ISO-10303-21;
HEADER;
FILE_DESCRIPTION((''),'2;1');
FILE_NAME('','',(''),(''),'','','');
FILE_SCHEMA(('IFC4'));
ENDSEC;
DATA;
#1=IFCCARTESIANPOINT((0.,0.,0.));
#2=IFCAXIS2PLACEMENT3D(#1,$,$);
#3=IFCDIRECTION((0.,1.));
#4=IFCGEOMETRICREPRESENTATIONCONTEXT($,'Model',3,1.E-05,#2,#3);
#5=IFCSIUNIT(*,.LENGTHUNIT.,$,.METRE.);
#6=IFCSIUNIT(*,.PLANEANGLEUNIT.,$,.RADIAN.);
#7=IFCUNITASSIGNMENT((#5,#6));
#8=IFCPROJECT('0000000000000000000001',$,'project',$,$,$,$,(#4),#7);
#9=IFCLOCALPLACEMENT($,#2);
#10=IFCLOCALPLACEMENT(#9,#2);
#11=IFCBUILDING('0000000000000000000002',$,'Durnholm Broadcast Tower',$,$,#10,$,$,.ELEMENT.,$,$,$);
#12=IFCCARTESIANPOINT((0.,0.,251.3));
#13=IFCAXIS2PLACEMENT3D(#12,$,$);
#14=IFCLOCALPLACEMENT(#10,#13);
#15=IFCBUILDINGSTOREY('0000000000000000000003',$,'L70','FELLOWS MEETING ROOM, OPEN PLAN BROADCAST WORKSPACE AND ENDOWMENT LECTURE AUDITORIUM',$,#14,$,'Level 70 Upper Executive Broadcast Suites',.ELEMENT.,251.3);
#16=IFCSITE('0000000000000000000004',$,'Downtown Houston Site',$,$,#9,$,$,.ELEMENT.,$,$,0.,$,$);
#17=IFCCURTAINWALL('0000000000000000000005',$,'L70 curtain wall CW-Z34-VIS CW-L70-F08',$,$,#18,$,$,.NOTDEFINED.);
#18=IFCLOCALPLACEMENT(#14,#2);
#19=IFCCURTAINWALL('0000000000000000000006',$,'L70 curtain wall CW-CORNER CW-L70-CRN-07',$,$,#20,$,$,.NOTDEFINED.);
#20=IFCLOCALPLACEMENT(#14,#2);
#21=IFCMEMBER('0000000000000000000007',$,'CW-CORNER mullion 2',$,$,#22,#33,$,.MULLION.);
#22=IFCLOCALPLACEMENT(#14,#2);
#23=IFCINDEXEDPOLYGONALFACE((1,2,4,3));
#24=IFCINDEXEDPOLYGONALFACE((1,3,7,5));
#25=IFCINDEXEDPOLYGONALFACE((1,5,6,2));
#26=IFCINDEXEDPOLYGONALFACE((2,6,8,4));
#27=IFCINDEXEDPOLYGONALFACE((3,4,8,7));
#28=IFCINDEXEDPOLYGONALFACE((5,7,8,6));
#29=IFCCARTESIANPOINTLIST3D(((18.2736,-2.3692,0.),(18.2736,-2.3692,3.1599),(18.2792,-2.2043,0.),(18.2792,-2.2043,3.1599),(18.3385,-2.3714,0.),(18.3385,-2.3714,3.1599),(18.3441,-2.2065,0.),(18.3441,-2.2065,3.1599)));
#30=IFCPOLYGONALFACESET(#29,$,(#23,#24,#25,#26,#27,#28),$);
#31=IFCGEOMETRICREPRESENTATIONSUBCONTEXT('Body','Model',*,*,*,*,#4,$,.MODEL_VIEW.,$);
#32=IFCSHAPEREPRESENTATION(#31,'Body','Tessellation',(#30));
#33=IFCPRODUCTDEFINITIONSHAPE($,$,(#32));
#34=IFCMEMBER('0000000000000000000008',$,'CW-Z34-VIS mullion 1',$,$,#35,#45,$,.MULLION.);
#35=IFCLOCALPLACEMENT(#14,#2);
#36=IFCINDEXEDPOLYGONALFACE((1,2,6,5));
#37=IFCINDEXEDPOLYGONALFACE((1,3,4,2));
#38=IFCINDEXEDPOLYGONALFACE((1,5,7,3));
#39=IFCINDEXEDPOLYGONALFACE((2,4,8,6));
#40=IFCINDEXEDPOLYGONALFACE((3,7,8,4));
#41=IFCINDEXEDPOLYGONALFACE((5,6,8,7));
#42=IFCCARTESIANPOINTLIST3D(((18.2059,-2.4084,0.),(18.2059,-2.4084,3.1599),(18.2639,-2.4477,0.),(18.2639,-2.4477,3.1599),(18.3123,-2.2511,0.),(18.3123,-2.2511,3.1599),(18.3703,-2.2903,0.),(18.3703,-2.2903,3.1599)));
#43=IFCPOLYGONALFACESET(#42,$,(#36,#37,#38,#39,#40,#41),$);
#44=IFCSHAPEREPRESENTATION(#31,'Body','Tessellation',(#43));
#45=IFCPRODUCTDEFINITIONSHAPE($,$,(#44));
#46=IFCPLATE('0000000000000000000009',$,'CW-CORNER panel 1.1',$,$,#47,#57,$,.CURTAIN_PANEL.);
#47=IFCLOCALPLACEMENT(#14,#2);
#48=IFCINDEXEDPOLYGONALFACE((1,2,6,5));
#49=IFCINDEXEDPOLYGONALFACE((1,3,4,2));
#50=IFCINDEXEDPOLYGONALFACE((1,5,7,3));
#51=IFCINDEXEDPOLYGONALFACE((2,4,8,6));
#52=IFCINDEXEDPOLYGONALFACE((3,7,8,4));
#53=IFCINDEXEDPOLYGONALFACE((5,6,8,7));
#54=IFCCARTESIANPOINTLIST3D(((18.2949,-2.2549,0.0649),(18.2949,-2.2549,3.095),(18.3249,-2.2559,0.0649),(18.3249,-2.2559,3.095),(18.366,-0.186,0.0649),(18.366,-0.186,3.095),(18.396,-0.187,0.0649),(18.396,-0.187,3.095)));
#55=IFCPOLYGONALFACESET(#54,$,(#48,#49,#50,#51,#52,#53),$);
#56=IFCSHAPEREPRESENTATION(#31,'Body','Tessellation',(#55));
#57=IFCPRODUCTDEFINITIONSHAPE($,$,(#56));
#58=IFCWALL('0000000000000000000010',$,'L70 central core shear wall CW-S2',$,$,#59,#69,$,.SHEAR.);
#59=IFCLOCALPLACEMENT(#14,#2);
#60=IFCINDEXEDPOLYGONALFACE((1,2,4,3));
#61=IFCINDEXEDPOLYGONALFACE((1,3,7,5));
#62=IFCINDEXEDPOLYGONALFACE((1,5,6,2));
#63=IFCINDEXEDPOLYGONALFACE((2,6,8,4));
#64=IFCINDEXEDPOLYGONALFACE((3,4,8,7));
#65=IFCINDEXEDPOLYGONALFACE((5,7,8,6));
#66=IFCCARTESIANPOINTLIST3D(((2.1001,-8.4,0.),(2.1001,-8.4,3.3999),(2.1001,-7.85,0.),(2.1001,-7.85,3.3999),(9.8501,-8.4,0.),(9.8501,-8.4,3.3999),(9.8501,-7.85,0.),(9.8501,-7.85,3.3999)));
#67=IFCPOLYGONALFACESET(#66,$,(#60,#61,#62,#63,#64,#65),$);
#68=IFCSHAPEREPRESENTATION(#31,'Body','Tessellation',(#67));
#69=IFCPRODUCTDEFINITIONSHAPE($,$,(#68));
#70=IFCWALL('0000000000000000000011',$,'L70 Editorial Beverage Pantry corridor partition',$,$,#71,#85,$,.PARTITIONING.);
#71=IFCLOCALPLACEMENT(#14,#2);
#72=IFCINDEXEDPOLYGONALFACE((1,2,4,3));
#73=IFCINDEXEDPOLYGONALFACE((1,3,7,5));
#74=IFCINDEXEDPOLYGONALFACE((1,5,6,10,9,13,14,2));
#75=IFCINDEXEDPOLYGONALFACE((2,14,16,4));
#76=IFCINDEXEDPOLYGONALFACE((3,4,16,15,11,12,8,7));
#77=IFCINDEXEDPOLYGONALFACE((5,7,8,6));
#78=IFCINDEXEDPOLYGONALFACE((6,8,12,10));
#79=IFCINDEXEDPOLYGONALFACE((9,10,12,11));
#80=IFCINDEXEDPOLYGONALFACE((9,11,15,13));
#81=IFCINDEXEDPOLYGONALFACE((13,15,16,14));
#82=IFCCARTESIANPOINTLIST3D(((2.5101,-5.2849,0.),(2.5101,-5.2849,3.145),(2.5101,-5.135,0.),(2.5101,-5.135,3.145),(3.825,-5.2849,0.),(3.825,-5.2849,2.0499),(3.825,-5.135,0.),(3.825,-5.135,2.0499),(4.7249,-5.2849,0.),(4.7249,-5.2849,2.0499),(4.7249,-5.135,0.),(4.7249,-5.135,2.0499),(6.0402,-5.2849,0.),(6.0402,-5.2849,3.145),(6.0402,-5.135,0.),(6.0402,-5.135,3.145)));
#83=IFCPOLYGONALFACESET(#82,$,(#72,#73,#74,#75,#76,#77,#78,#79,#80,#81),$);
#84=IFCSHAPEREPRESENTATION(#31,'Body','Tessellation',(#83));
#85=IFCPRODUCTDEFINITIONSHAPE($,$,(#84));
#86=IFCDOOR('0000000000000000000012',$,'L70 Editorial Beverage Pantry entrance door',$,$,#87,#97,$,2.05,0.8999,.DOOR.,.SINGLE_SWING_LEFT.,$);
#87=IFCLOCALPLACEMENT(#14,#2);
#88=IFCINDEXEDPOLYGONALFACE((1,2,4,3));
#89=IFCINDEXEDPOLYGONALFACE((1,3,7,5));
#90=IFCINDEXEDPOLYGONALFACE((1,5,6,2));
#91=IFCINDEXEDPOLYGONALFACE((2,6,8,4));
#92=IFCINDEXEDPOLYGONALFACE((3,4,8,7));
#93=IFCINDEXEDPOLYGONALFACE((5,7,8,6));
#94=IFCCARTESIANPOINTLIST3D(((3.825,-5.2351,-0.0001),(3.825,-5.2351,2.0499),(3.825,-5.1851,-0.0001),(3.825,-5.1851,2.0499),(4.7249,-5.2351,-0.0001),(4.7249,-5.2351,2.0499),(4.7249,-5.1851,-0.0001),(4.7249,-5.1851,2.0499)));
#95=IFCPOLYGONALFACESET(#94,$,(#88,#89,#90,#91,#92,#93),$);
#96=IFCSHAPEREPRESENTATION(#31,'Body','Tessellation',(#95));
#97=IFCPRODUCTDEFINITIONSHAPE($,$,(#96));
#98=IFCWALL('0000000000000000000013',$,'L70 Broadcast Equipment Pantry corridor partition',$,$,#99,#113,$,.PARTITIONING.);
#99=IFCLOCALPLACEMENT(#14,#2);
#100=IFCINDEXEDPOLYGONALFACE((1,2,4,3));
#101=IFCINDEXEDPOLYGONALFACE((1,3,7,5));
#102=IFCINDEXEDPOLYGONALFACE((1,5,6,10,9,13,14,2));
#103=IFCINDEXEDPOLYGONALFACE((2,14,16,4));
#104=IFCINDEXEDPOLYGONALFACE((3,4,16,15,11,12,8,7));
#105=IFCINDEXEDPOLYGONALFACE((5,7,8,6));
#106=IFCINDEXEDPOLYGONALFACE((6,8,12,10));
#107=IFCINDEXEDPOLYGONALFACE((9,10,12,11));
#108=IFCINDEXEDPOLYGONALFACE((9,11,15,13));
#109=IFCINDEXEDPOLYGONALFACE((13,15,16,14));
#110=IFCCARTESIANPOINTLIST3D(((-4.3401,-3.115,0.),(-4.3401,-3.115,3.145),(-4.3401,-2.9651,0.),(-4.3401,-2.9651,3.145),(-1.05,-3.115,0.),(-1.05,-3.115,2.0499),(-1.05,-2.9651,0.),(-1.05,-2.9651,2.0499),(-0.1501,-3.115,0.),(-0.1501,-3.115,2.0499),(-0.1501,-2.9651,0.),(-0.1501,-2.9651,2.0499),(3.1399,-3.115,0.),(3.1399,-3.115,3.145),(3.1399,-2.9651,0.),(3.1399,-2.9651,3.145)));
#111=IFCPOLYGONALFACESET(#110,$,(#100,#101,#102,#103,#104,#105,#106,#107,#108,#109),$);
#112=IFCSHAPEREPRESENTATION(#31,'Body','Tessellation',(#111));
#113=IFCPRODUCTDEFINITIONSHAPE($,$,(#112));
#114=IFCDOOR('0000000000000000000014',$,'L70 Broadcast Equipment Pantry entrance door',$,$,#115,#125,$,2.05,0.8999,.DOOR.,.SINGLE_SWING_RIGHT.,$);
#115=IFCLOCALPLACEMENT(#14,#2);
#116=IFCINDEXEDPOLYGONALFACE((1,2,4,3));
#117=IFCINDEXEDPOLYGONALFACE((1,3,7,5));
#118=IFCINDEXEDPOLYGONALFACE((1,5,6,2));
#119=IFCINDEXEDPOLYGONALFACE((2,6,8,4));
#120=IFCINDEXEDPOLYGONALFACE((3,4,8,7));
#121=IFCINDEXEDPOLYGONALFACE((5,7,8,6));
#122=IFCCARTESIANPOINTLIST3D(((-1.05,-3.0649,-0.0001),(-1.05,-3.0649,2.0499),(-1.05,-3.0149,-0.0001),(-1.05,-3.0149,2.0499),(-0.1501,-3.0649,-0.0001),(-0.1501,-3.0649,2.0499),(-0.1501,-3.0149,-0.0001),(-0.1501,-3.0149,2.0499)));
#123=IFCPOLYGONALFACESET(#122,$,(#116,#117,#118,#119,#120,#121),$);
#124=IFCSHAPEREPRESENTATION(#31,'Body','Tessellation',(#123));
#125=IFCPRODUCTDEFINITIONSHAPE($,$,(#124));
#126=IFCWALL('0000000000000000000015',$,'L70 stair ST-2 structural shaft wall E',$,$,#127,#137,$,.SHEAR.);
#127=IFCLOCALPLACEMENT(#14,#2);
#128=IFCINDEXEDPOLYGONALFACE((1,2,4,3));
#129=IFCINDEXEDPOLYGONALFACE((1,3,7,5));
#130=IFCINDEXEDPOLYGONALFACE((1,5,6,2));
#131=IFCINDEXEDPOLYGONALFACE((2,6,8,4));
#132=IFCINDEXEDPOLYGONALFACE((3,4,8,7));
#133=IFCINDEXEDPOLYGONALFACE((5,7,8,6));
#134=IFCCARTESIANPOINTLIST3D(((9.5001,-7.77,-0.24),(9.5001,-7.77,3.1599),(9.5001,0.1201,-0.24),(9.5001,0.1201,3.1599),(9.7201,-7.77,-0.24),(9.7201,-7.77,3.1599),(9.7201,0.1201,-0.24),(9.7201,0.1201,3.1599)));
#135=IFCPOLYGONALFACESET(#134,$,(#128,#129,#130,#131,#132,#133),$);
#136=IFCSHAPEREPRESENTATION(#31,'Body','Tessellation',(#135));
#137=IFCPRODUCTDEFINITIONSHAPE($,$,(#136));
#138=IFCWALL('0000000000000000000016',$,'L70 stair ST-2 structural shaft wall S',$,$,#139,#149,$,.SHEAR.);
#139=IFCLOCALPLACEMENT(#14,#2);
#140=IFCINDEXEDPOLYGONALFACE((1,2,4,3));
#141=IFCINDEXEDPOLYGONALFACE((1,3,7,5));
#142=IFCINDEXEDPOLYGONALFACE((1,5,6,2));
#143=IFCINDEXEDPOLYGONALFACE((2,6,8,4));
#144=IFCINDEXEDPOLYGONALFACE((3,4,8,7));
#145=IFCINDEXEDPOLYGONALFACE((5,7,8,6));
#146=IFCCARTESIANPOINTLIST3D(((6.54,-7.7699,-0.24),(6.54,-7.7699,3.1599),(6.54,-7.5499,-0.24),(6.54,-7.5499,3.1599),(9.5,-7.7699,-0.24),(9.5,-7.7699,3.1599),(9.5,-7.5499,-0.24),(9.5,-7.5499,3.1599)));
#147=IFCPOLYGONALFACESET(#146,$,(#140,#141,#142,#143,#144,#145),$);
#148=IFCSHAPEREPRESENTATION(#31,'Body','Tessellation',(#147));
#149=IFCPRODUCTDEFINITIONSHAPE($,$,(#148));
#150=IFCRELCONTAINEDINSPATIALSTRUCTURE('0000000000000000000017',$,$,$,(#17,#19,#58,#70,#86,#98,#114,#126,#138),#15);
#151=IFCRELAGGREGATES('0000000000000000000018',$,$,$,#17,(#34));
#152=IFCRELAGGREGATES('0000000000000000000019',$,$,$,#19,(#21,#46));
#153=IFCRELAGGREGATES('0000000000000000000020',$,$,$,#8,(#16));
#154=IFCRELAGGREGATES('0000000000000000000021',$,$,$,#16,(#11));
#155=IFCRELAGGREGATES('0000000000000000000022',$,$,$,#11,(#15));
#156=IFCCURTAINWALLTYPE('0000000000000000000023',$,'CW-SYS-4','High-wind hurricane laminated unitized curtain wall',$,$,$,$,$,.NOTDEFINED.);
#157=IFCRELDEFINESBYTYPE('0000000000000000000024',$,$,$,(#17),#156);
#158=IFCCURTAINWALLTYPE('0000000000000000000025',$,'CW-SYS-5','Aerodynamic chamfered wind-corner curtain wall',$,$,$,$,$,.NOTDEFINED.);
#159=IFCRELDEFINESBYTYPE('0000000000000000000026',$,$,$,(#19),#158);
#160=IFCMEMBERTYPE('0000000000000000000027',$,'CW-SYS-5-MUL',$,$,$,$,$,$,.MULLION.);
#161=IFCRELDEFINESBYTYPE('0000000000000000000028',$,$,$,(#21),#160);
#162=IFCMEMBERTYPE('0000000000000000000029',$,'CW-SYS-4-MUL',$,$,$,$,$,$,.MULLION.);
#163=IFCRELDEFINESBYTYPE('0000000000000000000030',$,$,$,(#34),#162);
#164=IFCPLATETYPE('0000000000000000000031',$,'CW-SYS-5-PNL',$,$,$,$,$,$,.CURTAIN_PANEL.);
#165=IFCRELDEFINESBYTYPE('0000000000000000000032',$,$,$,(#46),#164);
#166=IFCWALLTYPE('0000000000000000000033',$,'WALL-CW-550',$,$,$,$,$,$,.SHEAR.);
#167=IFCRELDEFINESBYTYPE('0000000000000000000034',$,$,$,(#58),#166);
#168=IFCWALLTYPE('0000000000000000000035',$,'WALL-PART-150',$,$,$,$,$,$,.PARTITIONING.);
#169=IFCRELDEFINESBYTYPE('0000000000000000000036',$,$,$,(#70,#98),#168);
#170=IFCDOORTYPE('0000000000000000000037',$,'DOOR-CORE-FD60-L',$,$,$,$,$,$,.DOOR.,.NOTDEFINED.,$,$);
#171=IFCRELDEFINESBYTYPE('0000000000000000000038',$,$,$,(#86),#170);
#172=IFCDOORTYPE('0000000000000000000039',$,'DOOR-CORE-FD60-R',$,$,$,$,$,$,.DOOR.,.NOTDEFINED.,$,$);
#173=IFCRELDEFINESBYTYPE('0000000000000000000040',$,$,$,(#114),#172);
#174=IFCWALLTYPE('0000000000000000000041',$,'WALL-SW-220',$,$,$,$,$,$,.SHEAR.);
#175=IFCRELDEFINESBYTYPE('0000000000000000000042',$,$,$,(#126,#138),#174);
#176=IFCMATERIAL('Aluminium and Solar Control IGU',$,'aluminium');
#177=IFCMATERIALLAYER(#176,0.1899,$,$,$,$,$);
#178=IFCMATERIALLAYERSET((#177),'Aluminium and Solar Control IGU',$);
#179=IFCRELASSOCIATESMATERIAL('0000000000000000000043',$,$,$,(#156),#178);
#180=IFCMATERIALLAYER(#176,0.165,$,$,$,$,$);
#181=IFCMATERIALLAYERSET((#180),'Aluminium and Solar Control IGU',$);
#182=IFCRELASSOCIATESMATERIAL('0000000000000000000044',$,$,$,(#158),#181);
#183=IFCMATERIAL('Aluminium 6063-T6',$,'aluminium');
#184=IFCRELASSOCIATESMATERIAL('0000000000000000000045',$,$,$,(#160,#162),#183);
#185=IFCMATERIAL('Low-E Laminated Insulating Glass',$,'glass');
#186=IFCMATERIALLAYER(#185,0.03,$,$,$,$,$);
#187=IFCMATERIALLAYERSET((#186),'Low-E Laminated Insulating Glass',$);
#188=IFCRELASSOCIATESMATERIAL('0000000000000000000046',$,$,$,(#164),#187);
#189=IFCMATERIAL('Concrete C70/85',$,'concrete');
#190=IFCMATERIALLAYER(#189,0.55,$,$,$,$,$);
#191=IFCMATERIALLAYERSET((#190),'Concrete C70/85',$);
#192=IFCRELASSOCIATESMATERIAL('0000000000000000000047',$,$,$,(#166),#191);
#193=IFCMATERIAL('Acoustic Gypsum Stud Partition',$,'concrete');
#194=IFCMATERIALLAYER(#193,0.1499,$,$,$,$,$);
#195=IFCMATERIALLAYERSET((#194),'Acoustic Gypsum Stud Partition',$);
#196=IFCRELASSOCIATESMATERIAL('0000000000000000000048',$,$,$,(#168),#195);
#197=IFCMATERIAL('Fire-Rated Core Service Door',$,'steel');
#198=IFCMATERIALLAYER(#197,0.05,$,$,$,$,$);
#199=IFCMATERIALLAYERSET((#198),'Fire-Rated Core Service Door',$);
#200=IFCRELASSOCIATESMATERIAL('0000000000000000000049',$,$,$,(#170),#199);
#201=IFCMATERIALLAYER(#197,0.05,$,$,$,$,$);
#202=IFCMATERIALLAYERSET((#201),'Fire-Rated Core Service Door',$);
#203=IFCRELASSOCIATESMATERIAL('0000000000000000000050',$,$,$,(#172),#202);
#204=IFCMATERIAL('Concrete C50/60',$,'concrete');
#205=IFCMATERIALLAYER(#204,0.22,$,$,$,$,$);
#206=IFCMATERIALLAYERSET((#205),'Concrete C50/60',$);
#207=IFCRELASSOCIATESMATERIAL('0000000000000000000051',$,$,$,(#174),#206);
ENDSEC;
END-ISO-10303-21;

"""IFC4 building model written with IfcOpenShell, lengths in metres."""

from ifc_helpers import new_model, si_unit, direction, frame, frame_2d, origin, origin_2d, place, context, subcontext, project, spatial, rectangle, extrude, source, transform, mapped, material, layer, layer_set, material_profile, profile_set, type_object, type_shapes, element, fill, aggregate, save


model = new_model("IFC4")

# Units and contexts
model_context = context("Model", 3, precision=1e-05, world=origin(), true_north=direction((0.0, 1.0)))
body_context = subcontext(model_context, "Body", "Model", "MODEL_VIEW")
ifc_project = project(units=[si_unit("LENGTHUNIT", "METRE"), si_unit("PLANEANGLEUNIT", "RADIAN")], contexts=[model_context])

# Site, building, storey
site_placement = place(None, origin())
site = spatial("IfcSite", under=ifc_project, at=site_placement, Name="Downtown Houston Site", CompositionType="ELEMENT", RefElevation=0.0)
building_placement = place(site_placement, origin())
building = spatial("IfcBuilding", under=site, at=building_placement, Name="Durnholm Broadcast Tower", CompositionType="ELEMENT")
storey_placement = place(building_placement, frame((0.0, 0.0, 251.3)))
storey = spatial("IfcBuildingStorey", under=building, at=storey_placement, Name="L70", Description="FELLOWS MEETING ROOM, OPEN PLAN BROADCAST WORKSPACE AND ENDOWMENT LECTURE AUDITORIUM", LongName="Level 70 Upper Executive Broadcast Suites", CompositionType="ELEMENT", Elevation=251.3)

# Shared definitions
ifc_material_1 = material(Name="Concrete C70/85", Category="concrete")

# Curtain wall
ifc_material_2 = material(Name="Aluminium and Solar Control IGU", Category="aluminium")
ifc_layer_1 = layer(ifc_material_2, 0.1899)
ifc_layer_set_1 = layer_set([ifc_layer_1], Name="Aluminium and Solar Control IGU")
curtain_wall_type_1 = type_object("IfcCurtainWallType", Name="CW-SYS-4", Description="High-wind hurricane laminated unitized curtain wall", PredefinedType="NOTDEFINED", material=ifc_layer_set_1)
curtain_wall_1_placement = place(storey_placement, origin())
curtain_wall_1 = element("IfcCurtainWall", 1, at=curtain_wall_1_placement, inside=storey, type_object=curtain_wall_type_1, Name="L70 curtain wall CW-Z34-VIS CW-L70-F08", PredefinedType="NOTDEFINED")
ifc_material_3 = material(Name="Aluminium 6063-T6", Category="aluminium")

# Curtain wall, member
ifc_layer_2 = layer(ifc_material_2, 0.165)
ifc_layer_set_2 = layer_set([ifc_layer_2], Name="Aluminium and Solar Control IGU")
curtain_wall_type_2 = type_object("IfcCurtainWallType", Name="CW-SYS-5", Description="Aerodynamic chamfered wind-corner curtain wall", PredefinedType="NOTDEFINED", material=ifc_layer_set_2)
curtain_wall_2_placement = place(storey_placement, origin())
curtain_wall_2 = element("IfcCurtainWall", 2, at=curtain_wall_2_placement, inside=storey, type_object=curtain_wall_type_2, Name="L70 curtain wall CW-CORNER CW-L70-CRN-07", PredefinedType="NOTDEFINED")
ifc_material_profile_1 = material_profile(ifc_material_3, rectangle(XDim=0.0649, YDim=0.165, at=origin_2d()), Name="CWM65X165")
ifc_profile_set_1 = profile_set([ifc_material_profile_1], Name="Aluminium 6063-T6")
member_type_1 = type_object("IfcMemberType", Name="CW-SYS-5-MUL", PredefinedType="MULLION", material=ifc_profile_set_1)
shared_shape_1 = source(origin(), body_context, "Body", "SweptSolid", [
    extrude(rectangle(XDim=0.0649, YDim=0.165, at=origin_2d()), origin(), (0.0, 0.0, 1.0), 3.1599),
])
type_shapes(member_type_1, [shared_shape_1])
member_1_placement = place(storey_placement, frame((18.3088, -2.2878, 0.0), z_axis=(0.0, 0.0, 1.0), x_axis=(0.999411, -0.034318, 0.0)))
member_1 = element("IfcMember", 3, at=member_1_placement, type_object=member_type_1, Name="CW-CORNER mullion 2", PredefinedType="MULLION", context=body_context, shape_type="MappedRepresentation", body=[
    mapped(shared_shape_1, transform((0.0, 0.0, 0.0), x_axis=(1.0, 0.0, 0.0), y_axis=(0.0, 1.0, 0.0), z_axis=(0.0, 0.0, 1.0), scale=1.0)),
])

# Member
ifc_material_profile_2 = material_profile(ifc_material_3, rectangle(XDim=0.0701, YDim=0.1899, at=origin_2d()), Name="CWM70X190")
ifc_profile_set_2 = profile_set([ifc_material_profile_2], Name="Aluminium 6063-T6")
member_type_2 = type_object("IfcMemberType", Name="CW-SYS-4-MUL", PredefinedType="MULLION", material=ifc_profile_set_2)
shared_shape_2 = source(origin(), body_context, "Body", "SweptSolid", [
    extrude(rectangle(XDim=0.0701, YDim=0.1899, at=origin_2d()), origin(), (0.0, 0.0, 1.0), 3.1599),
])
type_shapes(member_type_2, [shared_shape_2])
member_2_placement = place(storey_placement, frame((18.2881, -2.3494, 0.0), z_axis=(0.0, 0.0, 1.0), x_axis=(0.828443, -0.560073, 0.0)))
member_2 = element("IfcMember", 4, at=member_2_placement, type_object=member_type_2, Name="CW-Z34-VIS mullion 1", PredefinedType="MULLION", context=body_context, shape_type="MappedRepresentation", body=[
    mapped(shared_shape_2, transform((0.0, 0.0, 0.0), x_axis=(1.0, 0.0, 0.0), y_axis=(0.0, 1.0, 0.0), z_axis=(0.0, 0.0, 1.0), scale=1.0)),
])
aggregate(curtain_wall_1, [member_2])

# Plate
ifc_material_4 = material(Name="Low-E Laminated Insulating Glass", Category="glass")
ifc_layer_3 = layer(ifc_material_4, 0.03)
ifc_layer_set_3 = layer_set([ifc_layer_3], Name="Low-E Laminated Insulating Glass")
plate_type = type_object("IfcPlateType", Name="CW-SYS-5-PNL", PredefinedType="CURTAIN_PANEL", material=ifc_layer_set_3)
shared_shape_3 = source(origin(), body_context, "Body", "SweptSolid", [
    extrude(rectangle(XDim=2.0701, YDim=0.03, at=origin_2d()), origin(), (0.0, 0.0, 1.0), 3.03),
])
type_shapes(plate_type, [shared_shape_3])
plate_placement = place(storey_placement, frame((18.3455, -1.2209, 0.0649), z_axis=(0.0, 0.0, 1.0), x_axis=(-0.034318, -0.999411, 0.0)))
plate = element("IfcPlate", 5, at=plate_placement, type_object=plate_type, Name="CW-CORNER panel 1.1", PredefinedType="CURTAIN_PANEL", context=body_context, shape_type="MappedRepresentation", body=[
    mapped(shared_shape_3, transform((0.0, 0.0, 0.0), x_axis=(1.0, 0.0, 0.0), y_axis=(0.0, 1.0, 0.0), z_axis=(0.0, 0.0, 1.0), scale=1.0)),
])
aggregate(curtain_wall_2, [member_1, plate])

# Wall
ifc_layer_4 = layer(ifc_material_1, 0.55)
ifc_layer_set_4 = layer_set([ifc_layer_4], Name="Concrete C70/85")
wall_type_1 = type_object("IfcWallType", Name="WALL-CW-550", PredefinedType="SHEAR", material=ifc_layer_set_4)
wall_1_placement = place(storey_placement, frame((2.1001, -8.125, 0.0), z_axis=(0.0, 0.0, 1.0), x_axis=(1.0, 0.0, 0.0)))
element("IfcWall", 6, at=wall_1_placement, inside=storey, type_object=wall_type_1, Name="L70 central core shear wall CW-S2", PredefinedType="SHEAR", context=body_context, shape_type="SweptSolid", body=[
    extrude(rectangle(XDim=7.75, YDim=0.55, at=frame_2d((3.875, 0.0))), origin(), (0.0, 0.0, 1.0), 3.3999),
])

# Walls, openings, doors
ifc_material_5 = material(Name="Acoustic Gypsum Stud Partition", Category="concrete")
ifc_layer_5 = layer(ifc_material_5, 0.1499)
ifc_layer_set_5 = layer_set([ifc_layer_5], Name="Acoustic Gypsum Stud Partition")
wall_type_2 = type_object("IfcWallType", Name="WALL-PART-150", PredefinedType="PARTITIONING", material=ifc_layer_set_5)
wall_2_placement = place(storey_placement, frame((2.51, -5.21, 0.0), z_axis=(0.0, 0.0, 1.0), x_axis=(1.0, 0.0, 0.0)))
wall_2 = element("IfcWall", 7, at=wall_2_placement, inside=storey, type_object=wall_type_2, Name="L70 Editorial Beverage Pantry corridor partition", PredefinedType="PARTITIONING", context=body_context, shape_type="SweptSolid", body=[
    extrude(rectangle(XDim=3.53, YDim=0.1499, at=frame_2d((1.7651, 0.0))), origin(), (0.0, 0.0, 1.0), 3.145),
])
opening_1_placement = place(wall_2_placement, frame((1.3149, 0.0, 0.0)))
opening_1 = element("IfcOpeningElement", 8, at=opening_1_placement, cuts=wall_2, PredefinedType="OPENING", context=body_context, shape_type="SweptSolid", body=[
    extrude(rectangle(XDim=0.8999, YDim=2.05, at=frame_2d((0.45, 1.0249))), frame((0.0, 0.085, 0.0), z_axis=(0.0, -1.0, 0.0), x_axis=(1.0, 0.0, 0.0)), (0.0, 0.0, 1.0), 0.1699),
])
ifc_material_6 = material(Name="Fire-Rated Core Service Door", Category="steel")
ifc_layer_6 = layer(ifc_material_6, 0.05)
ifc_layer_set_6 = layer_set([ifc_layer_6], Name="Fire-Rated Core Service Door")
door_type_1 = type_object("IfcDoorType", Name="DOOR-CORE-FD60-L", OperationType="NOTDEFINED", PredefinedType="DOOR", material=ifc_layer_set_6)
shared_shape_4 = source(origin(), body_context, "Body", "SweptSolid", [
    extrude(rectangle(XDim=0.8999, YDim=2.05, at=frame_2d((0.45, 1.0249))), frame((0.0, 0.0249, 0.0), z_axis=(0.0, -1.0, 0.0), x_axis=(1.0, 0.0, 0.0)), (0.0, 0.0, 1.0), 0.05),
])
type_shapes(door_type_1, [shared_shape_4])
door_1_placement = place(opening_1_placement, origin())
door_1 = element("IfcDoor", 9, at=door_1_placement, inside=storey, type_object=door_type_1, Name="L70 Editorial Beverage Pantry entrance door", OperationType="SINGLE_SWING_LEFT", OverallHeight=2.05, OverallWidth=0.8999, PredefinedType="DOOR", context=body_context, shape_type="MappedRepresentation", body=[
    mapped(shared_shape_4, transform((0.0, 0.0, 0.0), x_axis=(1.0, 0.0, 0.0), y_axis=(0.0, 1.0, 0.0), z_axis=(0.0, 0.0, 1.0), scale=1.0)),
])
fill(opening_1, door_1)
wall_3_placement = place(storey_placement, frame((3.1399, -3.04, 0.0), z_axis=(0.0, 0.0, 1.0), x_axis=(-1.0, 0.0, 0.0)))
wall_3 = element("IfcWall", 10, at=wall_3_placement, inside=storey, type_object=wall_type_2, Name="L70 Broadcast Equipment Pantry corridor partition", PredefinedType="PARTITIONING", context=body_context, shape_type="SweptSolid", body=[
    extrude(rectangle(XDim=7.48, YDim=0.1499, at=frame_2d((3.74, 0.0))), origin(), (0.0, 0.0, 1.0), 3.145),
])
opening_2_placement = place(wall_3_placement, frame((3.29, 0.0, 0.0)))
opening_2 = element("IfcOpeningElement", 11, at=opening_2_placement, cuts=wall_3, PredefinedType="OPENING", context=body_context, shape_type="SweptSolid", body=[
    extrude(rectangle(XDim=0.8999, YDim=2.05, at=frame_2d((0.45, 1.0249))), frame((0.0, 0.085, 0.0), z_axis=(0.0, -1.0, 0.0), x_axis=(1.0, 0.0, 0.0)), (0.0, 0.0, 1.0), 0.1699),
])
ifc_layer_7 = layer(ifc_material_6, 0.05)
ifc_layer_set_7 = layer_set([ifc_layer_7], Name="Fire-Rated Core Service Door")
door_type_2 = type_object("IfcDoorType", Name="DOOR-CORE-FD60-R", OperationType="NOTDEFINED", PredefinedType="DOOR", material=ifc_layer_set_7)
shared_shape_5 = source(origin(), body_context, "Body", "SweptSolid", [
    extrude(rectangle(XDim=0.8999, YDim=2.05, at=frame_2d((0.45, 1.0249))), frame((0.0, 0.0249, 0.0), z_axis=(0.0, -1.0, 0.0), x_axis=(1.0, 0.0, 0.0)), (0.0, 0.0, 1.0), 0.05),
])
type_shapes(door_type_2, [shared_shape_5])
door_2_placement = place(opening_2_placement, origin())
door_2 = element("IfcDoor", 12, at=door_2_placement, inside=storey, type_object=door_type_2, Name="L70 Broadcast Equipment Pantry entrance door", OperationType="SINGLE_SWING_RIGHT", OverallHeight=2.05, OverallWidth=0.8999, PredefinedType="DOOR", context=body_context, shape_type="MappedRepresentation", body=[
    mapped(shared_shape_5, transform((0.0, 0.0, 0.0), x_axis=(1.0, 0.0, 0.0), y_axis=(0.0, 1.0, 0.0), z_axis=(0.0, 0.0, 1.0), scale=1.0)),
])
fill(opening_2, door_2)

# Walls
ifc_material_7 = material(Name="Concrete C50/60", Category="concrete")
ifc_layer_8 = layer(ifc_material_7, 0.22)
ifc_layer_set_8 = layer_set([ifc_layer_8], Name="Concrete C50/60")
wall_type_3 = type_object("IfcWallType", Name="WALL-SW-220", PredefinedType="SHEAR", material=ifc_layer_set_8)
wall_4_placement = place(storey_placement, frame((9.6101, -7.77, -0.24), z_axis=(0.0, 0.0, 1.0), x_axis=(0.0, 1.0, 0.0)))
element("IfcWall", 13, at=wall_4_placement, inside=storey, type_object=wall_type_3, Name="L70 stair ST-2 structural shaft wall E", PredefinedType="SHEAR", context=body_context, shape_type="SweptSolid", body=[
    extrude(rectangle(XDim=7.8901, YDim=0.22, at=frame_2d((3.9451, 0.0))), origin(), (0.0, 0.0, 1.0), 3.3999),
])
wall_5_placement = place(storey_placement, frame((6.54, -7.6599, -0.24), z_axis=(0.0, 0.0, 1.0), x_axis=(1.0, 0.0, 0.0)))
element("IfcWall", 14, at=wall_5_placement, inside=storey, type_object=wall_type_3, Name="L70 stair ST-2 structural shaft wall S", PredefinedType="SHEAR", context=body_context, shape_type="SweptSolid", body=[
    extrude(rectangle(XDim=2.96, YDim=0.22, at=frame_2d((1.48, 0.0))), origin(), (0.0, 0.0, 1.0), 3.3999),
])

save(model, "model.ifc")
